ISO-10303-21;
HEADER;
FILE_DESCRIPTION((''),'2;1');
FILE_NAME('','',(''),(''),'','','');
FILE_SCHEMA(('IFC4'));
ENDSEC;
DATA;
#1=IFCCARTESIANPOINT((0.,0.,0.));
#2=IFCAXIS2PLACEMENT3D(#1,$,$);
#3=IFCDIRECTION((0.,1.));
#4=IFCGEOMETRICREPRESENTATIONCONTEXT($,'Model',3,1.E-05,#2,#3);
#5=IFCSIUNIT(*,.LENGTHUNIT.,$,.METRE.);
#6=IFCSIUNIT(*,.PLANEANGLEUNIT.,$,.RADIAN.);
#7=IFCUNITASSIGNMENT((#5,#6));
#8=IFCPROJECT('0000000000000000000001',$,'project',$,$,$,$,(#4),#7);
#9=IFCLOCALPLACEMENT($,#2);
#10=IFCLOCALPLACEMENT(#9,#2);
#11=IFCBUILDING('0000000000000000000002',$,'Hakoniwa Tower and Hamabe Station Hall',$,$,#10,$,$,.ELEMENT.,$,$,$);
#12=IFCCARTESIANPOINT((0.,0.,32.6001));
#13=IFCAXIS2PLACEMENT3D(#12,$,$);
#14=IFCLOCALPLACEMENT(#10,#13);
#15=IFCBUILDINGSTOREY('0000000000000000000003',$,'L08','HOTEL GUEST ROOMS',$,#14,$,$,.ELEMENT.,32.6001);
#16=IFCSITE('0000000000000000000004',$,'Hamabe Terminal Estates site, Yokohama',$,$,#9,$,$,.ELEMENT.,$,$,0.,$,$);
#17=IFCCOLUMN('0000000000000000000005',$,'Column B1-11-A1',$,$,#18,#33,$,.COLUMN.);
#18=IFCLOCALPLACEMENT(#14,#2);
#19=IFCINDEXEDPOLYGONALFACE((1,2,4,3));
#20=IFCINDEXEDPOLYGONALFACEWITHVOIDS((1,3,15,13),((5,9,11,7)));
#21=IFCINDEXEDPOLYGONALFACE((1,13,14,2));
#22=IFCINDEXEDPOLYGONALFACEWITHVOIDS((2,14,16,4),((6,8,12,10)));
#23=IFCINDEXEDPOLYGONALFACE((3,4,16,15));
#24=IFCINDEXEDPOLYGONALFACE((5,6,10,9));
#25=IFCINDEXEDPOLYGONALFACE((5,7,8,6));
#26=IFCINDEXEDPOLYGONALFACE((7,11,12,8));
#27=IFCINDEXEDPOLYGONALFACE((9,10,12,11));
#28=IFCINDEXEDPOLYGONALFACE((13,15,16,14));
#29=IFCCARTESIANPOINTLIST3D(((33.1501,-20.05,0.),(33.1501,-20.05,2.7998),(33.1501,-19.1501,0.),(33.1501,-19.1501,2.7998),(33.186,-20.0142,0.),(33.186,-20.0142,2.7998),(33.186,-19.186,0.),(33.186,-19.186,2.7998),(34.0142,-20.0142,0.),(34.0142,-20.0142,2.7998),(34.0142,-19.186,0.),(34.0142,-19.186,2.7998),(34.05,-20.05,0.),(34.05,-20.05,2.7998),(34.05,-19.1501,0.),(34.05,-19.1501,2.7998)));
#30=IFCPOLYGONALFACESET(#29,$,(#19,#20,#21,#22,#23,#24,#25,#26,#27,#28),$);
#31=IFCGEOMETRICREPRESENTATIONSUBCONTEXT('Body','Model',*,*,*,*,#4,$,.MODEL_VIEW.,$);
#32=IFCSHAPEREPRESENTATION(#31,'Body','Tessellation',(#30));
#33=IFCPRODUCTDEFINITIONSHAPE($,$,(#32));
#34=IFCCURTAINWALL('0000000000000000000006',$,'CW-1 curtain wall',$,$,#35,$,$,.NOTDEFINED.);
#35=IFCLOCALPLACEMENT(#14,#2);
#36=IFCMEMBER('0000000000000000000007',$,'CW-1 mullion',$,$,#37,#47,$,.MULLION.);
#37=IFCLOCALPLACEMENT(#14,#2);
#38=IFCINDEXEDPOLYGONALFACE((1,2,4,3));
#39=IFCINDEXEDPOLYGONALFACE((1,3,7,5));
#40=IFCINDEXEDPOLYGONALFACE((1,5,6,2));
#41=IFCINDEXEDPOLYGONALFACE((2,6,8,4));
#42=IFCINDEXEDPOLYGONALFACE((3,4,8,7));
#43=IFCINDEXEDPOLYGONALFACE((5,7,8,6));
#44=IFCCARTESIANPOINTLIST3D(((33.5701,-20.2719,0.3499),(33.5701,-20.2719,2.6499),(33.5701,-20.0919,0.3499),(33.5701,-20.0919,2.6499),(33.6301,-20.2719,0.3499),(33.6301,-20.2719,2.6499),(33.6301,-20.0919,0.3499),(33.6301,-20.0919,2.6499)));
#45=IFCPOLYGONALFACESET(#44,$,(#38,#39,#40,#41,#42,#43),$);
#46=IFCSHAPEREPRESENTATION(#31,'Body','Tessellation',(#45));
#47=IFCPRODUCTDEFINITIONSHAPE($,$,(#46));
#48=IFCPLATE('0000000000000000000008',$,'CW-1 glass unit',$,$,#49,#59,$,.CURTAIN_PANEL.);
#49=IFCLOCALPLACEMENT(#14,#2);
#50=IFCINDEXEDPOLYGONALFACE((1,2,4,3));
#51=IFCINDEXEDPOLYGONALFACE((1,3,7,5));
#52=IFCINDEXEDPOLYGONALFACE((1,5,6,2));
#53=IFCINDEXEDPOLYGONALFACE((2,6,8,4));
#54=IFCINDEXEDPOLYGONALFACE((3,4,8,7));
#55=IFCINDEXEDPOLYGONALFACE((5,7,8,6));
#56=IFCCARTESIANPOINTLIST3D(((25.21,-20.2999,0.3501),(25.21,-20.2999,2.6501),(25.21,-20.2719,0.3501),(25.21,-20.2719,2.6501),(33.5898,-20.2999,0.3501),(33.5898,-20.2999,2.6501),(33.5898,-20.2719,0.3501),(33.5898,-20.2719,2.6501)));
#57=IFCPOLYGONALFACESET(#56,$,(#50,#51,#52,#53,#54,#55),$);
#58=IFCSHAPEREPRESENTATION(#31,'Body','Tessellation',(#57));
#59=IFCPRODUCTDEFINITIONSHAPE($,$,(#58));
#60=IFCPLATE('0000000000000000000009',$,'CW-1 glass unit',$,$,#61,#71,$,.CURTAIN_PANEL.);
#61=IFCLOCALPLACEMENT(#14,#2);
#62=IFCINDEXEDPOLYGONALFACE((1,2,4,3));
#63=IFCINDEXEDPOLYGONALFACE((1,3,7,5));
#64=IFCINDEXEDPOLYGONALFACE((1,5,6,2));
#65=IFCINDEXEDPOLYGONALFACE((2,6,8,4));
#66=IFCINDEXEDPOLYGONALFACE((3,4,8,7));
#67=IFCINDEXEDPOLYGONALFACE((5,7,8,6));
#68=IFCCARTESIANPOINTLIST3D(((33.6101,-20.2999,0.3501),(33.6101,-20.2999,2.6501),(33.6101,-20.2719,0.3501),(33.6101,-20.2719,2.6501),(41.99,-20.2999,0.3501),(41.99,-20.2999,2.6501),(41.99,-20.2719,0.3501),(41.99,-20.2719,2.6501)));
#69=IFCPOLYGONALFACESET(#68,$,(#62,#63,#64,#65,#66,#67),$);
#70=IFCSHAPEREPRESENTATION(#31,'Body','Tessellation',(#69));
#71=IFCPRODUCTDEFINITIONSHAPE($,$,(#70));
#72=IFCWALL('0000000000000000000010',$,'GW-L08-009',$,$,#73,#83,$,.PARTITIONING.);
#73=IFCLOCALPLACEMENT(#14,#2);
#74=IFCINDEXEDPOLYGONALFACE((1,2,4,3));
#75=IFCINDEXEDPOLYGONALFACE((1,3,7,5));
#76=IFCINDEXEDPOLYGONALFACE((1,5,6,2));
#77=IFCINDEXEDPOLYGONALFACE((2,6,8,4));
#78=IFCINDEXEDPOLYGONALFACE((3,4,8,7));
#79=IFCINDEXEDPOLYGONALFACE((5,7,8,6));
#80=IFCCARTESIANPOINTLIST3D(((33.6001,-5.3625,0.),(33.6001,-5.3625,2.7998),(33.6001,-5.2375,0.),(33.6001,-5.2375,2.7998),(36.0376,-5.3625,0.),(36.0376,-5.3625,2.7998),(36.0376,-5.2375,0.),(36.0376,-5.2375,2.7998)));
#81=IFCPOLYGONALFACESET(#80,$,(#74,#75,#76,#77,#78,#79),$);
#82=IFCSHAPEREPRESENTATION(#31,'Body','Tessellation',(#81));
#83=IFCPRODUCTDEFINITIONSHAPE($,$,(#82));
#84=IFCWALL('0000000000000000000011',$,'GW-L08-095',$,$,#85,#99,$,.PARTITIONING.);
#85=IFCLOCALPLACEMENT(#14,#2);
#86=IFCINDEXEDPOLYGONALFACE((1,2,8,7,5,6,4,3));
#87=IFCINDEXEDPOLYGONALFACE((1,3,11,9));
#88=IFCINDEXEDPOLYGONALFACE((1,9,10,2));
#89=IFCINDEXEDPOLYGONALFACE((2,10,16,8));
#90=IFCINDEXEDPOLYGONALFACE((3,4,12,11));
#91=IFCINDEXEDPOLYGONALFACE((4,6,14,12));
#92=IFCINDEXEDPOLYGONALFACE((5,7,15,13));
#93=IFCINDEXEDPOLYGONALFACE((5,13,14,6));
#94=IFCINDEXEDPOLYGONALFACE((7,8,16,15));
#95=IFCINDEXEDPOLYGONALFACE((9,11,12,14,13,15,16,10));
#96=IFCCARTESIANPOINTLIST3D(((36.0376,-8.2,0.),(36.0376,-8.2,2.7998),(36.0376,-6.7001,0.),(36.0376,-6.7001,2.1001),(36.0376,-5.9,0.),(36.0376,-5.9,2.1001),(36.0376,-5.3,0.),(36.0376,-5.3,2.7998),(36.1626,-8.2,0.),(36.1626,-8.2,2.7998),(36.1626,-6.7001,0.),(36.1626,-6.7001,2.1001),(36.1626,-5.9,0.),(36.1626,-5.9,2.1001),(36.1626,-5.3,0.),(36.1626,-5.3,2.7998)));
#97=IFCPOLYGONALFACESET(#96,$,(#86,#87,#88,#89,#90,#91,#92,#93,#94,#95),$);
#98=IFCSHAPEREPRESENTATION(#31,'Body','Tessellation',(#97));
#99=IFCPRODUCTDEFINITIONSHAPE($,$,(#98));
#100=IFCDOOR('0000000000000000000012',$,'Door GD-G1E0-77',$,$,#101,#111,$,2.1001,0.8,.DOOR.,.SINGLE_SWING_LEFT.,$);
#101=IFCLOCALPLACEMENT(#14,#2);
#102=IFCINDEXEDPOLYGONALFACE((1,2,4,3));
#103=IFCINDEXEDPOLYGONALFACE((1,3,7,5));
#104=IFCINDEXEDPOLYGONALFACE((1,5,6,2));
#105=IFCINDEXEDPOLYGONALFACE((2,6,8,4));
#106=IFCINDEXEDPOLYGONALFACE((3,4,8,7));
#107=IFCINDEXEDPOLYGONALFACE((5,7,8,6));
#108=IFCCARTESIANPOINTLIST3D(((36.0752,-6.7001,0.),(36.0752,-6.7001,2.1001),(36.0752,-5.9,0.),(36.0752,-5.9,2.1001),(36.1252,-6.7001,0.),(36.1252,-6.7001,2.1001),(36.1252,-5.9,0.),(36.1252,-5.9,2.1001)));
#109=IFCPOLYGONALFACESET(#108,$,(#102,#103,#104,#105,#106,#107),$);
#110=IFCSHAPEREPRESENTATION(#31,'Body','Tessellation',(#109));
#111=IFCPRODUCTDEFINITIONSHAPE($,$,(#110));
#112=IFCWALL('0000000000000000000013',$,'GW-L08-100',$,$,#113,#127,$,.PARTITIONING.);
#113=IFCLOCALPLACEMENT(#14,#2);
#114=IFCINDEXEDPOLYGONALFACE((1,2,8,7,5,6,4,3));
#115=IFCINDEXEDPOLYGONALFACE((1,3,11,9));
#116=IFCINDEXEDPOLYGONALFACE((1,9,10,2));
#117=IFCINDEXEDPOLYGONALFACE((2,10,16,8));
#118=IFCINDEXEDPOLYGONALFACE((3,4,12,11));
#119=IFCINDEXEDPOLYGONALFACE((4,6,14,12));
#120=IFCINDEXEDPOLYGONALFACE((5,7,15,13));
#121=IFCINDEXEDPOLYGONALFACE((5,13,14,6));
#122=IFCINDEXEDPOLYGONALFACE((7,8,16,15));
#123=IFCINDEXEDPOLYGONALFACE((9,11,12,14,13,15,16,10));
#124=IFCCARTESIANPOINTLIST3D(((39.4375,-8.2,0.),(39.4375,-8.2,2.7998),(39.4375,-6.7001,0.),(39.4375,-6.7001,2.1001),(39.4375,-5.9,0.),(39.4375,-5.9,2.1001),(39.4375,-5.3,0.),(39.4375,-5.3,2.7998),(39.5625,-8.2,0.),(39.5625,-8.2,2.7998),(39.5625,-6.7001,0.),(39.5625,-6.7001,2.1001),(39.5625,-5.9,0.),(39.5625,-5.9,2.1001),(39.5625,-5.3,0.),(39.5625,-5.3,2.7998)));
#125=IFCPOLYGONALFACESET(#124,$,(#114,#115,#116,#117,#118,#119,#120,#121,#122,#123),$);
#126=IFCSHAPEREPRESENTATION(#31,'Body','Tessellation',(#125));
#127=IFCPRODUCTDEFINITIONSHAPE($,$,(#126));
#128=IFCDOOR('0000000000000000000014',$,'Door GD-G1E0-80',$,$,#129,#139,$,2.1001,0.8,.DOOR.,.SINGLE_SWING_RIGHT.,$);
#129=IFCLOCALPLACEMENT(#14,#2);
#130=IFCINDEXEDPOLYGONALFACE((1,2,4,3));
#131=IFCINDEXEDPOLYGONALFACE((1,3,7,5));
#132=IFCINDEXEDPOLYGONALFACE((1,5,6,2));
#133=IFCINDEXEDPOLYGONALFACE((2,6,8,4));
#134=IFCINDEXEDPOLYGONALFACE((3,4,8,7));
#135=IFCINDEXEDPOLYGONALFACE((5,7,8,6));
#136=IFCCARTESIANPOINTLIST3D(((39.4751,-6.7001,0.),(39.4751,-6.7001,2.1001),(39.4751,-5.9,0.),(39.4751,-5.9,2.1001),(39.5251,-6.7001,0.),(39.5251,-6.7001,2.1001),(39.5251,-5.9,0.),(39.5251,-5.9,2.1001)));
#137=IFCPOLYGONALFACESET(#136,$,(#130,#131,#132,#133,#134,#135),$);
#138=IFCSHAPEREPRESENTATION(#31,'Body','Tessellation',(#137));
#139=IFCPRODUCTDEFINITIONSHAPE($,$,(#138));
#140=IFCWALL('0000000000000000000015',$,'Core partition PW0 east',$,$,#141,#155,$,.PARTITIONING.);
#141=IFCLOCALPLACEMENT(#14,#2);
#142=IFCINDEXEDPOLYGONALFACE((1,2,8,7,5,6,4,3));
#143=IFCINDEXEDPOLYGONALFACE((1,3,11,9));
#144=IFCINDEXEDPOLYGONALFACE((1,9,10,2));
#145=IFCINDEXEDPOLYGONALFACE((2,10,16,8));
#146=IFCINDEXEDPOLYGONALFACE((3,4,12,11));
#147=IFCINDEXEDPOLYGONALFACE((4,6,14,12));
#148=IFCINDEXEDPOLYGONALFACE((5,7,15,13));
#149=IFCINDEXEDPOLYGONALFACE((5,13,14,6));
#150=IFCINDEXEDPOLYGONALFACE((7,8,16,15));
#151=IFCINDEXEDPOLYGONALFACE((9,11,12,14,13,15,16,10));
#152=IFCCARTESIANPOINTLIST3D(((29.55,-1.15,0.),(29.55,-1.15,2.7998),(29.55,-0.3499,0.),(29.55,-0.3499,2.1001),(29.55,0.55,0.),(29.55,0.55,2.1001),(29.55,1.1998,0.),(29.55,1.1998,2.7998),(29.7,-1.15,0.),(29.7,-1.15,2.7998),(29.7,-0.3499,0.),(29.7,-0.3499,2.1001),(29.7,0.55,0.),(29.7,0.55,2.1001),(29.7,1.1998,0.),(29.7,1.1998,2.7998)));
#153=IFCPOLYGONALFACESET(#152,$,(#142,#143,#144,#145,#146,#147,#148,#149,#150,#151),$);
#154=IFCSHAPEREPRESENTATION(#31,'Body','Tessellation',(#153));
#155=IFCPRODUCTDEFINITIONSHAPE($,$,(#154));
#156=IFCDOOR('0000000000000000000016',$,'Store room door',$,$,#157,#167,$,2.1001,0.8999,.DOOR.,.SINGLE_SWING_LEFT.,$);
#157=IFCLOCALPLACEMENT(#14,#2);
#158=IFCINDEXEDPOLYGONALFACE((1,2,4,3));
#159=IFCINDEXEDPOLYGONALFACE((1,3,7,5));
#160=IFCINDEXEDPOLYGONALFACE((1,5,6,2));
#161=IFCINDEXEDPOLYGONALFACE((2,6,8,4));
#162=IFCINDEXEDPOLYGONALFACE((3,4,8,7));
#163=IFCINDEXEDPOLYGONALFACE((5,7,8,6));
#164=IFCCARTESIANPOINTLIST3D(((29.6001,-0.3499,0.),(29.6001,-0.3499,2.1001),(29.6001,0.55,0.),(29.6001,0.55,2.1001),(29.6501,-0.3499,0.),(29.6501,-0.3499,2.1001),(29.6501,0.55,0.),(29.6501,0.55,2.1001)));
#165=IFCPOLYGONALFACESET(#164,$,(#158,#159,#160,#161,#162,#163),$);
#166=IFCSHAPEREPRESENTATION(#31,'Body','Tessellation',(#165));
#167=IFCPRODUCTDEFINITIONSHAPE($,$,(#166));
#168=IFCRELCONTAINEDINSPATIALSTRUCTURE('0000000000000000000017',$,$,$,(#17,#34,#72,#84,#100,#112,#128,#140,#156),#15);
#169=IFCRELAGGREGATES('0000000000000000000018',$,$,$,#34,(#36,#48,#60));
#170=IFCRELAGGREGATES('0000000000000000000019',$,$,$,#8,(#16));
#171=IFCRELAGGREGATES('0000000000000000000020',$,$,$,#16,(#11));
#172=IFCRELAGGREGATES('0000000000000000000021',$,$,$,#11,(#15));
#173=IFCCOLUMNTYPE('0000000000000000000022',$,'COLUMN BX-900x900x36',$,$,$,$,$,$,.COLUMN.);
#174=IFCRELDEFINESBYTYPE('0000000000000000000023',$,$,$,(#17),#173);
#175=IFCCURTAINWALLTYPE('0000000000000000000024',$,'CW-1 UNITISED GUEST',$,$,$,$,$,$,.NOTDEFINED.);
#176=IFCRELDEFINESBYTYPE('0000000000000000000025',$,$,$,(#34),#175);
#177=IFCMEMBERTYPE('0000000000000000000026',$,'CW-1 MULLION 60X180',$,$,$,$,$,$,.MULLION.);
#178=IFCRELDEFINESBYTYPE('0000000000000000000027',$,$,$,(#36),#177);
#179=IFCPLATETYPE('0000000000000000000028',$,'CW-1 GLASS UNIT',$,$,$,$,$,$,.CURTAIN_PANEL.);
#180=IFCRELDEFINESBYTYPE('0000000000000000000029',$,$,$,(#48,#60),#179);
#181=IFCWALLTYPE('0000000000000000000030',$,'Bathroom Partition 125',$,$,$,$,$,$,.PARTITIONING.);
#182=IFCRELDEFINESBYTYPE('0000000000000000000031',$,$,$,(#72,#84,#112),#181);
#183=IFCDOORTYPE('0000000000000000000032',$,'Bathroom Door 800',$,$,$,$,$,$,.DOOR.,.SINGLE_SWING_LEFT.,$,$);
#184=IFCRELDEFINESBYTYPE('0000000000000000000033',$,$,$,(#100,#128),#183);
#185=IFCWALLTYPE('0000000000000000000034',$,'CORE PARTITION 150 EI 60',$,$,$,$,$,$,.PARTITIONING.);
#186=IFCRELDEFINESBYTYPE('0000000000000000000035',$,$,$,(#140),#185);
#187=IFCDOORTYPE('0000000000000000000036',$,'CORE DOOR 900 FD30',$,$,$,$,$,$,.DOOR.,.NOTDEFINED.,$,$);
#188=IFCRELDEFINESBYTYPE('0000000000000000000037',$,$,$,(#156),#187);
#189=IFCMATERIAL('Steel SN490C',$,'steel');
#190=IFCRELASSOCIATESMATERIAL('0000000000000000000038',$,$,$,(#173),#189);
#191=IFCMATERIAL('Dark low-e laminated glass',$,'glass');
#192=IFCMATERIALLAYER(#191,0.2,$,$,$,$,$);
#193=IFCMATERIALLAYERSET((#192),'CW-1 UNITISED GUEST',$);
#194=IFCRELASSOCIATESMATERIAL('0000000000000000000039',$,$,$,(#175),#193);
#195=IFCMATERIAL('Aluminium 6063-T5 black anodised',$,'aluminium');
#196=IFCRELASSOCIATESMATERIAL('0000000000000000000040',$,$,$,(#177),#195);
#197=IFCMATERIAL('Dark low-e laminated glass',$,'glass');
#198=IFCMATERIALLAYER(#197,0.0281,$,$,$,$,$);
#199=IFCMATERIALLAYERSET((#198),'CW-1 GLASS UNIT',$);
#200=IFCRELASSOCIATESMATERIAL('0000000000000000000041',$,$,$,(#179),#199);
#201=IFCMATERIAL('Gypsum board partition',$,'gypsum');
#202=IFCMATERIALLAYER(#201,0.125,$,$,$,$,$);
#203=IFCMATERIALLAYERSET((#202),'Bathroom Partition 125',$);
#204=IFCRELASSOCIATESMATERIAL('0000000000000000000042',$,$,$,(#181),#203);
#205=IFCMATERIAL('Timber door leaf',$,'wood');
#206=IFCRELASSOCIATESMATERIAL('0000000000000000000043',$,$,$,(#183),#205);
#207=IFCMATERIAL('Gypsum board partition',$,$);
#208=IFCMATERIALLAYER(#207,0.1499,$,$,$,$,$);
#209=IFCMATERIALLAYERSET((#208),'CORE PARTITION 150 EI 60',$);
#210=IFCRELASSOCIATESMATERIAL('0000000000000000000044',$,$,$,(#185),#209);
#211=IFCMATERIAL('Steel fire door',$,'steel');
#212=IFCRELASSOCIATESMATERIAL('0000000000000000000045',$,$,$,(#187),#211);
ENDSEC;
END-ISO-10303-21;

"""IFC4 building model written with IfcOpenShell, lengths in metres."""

from ifc_helpers import new_model, si_unit, direction, frame, frame_2d, origin, origin_2d, place, context, subcontext, project, spatial, rectangle, hollow_rectangle, extrude, material, layer, layer_set, material_profile, profile_set, type_object, element, fill, aggregate, save


model = new_model("IFC4")

# Units and contexts
model_context = context("Model", 3, precision=1e-05, world=origin(), true_north=direction((0.0, 1.0)))
body_context = subcontext(model_context, "Body", "Model", "MODEL_VIEW")
ifc_project = project(units=[si_unit("LENGTHUNIT", "METRE"), si_unit("PLANEANGLEUNIT", "RADIAN")], contexts=[model_context])

# Site, building, storey
site_placement = place(None, origin())
site = spatial("IfcSite", under=ifc_project, at=site_placement, Name="Hamabe Terminal Estates site, Yokohama", CompositionType="ELEMENT", RefElevation=0.0)
building_placement = place(site_placement, origin())
building = spatial("IfcBuilding", under=site, at=building_placement, Name="Hakoniwa Tower and Hamabe Station Hall", CompositionType="ELEMENT")
storey_placement = place(building_placement, frame((0.0, 0.0, 32.6001)))
storey = spatial("IfcBuildingStorey", under=building, at=storey_placement, Name="L08", Description="HOTEL GUEST ROOMS", CompositionType="ELEMENT", Elevation=32.6001)

# Column
ifc_material_1 = material(Name="Steel SN490C", Category="steel")
ifc_material_profile_1 = material_profile(ifc_material_1, hollow_rectangle(XDim=0.8999, YDim=0.8999, WallThickness=0.0359, at=origin_2d()), Name="BX-900x900x36")
ifc_profile_set_1 = profile_set([ifc_material_profile_1], Name="Steel SN490C")
column_type = type_object("IfcColumnType", Name="COLUMN BX-900x900x36", PredefinedType="COLUMN", material=ifc_profile_set_1)
column_placement = place(storey_placement, frame((33.6001, -19.6001, 0.0), z_axis=(0.0, 0.0, 1.0), x_axis=(1.0, 0.0, 0.0)))
element("IfcColumn", 1, at=column_placement, inside=storey, type_object=column_type, Name="Column B1-11-A1", PredefinedType="COLUMN", context=body_context, shape_type="SweptSolid", body=[
    extrude(hollow_rectangle(XDim=0.8999, YDim=0.8999, WallThickness=0.0359, at=origin_2d()), origin(), (0.0, 0.0, 1.0), 2.7998),
])

# Curtain wall, member, plates
ifc_material_2 = material(Name="Dark low-e laminated glass", Category="glass")
ifc_layer_1 = layer(ifc_material_2, 0.2)
ifc_layer_set_1 = layer_set([ifc_layer_1], Name="CW-1 UNITISED GUEST")
curtain_wall_type = type_object("IfcCurtainWallType", Name="CW-1 UNITISED GUEST", PredefinedType="NOTDEFINED", material=ifc_layer_set_1)
curtain_wall_placement = place(storey_placement, origin())
curtain_wall = element("IfcCurtainWall", 2, at=curtain_wall_placement, inside=storey, type_object=curtain_wall_type, Name="CW-1 curtain wall", PredefinedType="NOTDEFINED")
ifc_material_3 = material(Name="Aluminium 6063-T5 black anodised", Category="aluminium")
ifc_material_profile_2 = material_profile(ifc_material_3, rectangle(XDim=0.0601, YDim=0.1799, at=origin_2d()), Name="CW-1 MULLION 60X180")
ifc_profile_set_2 = profile_set([ifc_material_profile_2], Name="Aluminium 6063-T5 black anodised")
member_type = type_object("IfcMemberType", Name="CW-1 MULLION 60X180", PredefinedType="MULLION", material=ifc_profile_set_2)
member_placement = place(storey_placement, frame((33.6001, -20.1819, 0.3499), z_axis=(0.0, 0.0, 1.0), x_axis=(1.0, 0.0, 0.0)))
member = element("IfcMember", 3, at=member_placement, type_object=member_type, Name="CW-1 mullion", PredefinedType="MULLION", context=body_context, shape_type="SweptSolid", body=[
    extrude(rectangle(XDim=0.0601, YDim=0.1799, at=origin_2d()), origin(), (0.0, 0.0, 1.0), 2.3),
])
ifc_material_4 = material(Name="Dark low-e laminated glass", Category="glass")
ifc_layer_2 = layer(ifc_material_4, 0.0281)
ifc_layer_set_2 = layer_set([ifc_layer_2], Name="CW-1 GLASS UNIT")
plate_type = type_object("IfcPlateType", Name="CW-1 GLASS UNIT", PredefinedType="CURTAIN_PANEL", material=ifc_layer_set_2)
plate_1_placement = place(storey_placement, frame((29.3999, -20.2859, 0.3501), z_axis=(0.0, 0.0, 1.0), x_axis=(1.0, 0.0, 0.0)))
plate_1 = element("IfcPlate", 4, at=plate_1_placement, type_object=plate_type, Name="CW-1 glass unit", PredefinedType="CURTAIN_PANEL", context=body_context, shape_type="SweptSolid", body=[
    extrude(rectangle(XDim=8.3799, YDim=0.0281, at=origin_2d()), origin(), (0.0, 0.0, 1.0), 2.3),
])
plate_2_placement = place(storey_placement, frame((37.8, -20.2859, 0.3501), z_axis=(0.0, 0.0, 1.0), x_axis=(1.0, 0.0, 0.0)))
plate_2 = element("IfcPlate", 5, at=plate_2_placement, type_object=plate_type, Name="CW-1 glass unit", PredefinedType="CURTAIN_PANEL", context=body_context, shape_type="SweptSolid", body=[
    extrude(rectangle(XDim=8.3799, YDim=0.0281, at=origin_2d()), origin(), (0.0, 0.0, 1.0), 2.3),
])
aggregate(curtain_wall, [member, plate_1, plate_2])

# Wall
ifc_material_5 = material(Name="Gypsum board partition", Category="gypsum")
ifc_layer_3 = layer(ifc_material_5, 0.125)
ifc_layer_set_3 = layer_set([ifc_layer_3], Name="Bathroom Partition 125")
wall_type_1 = type_object("IfcWallType", Name="Bathroom Partition 125", PredefinedType="PARTITIONING", material=ifc_layer_set_3)
wall_1_placement = place(storey_placement, frame((33.6001, -5.3, 0.0), z_axis=(0.0, 0.0, 1.0), x_axis=(1.0, 0.0, 0.0)))
element("IfcWall", 6, at=wall_1_placement, inside=storey, type_object=wall_type_1, Name="GW-L08-009", PredefinedType="PARTITIONING", context=body_context, shape_type="SweptSolid", body=[
    extrude(rectangle(XDim=2.4375, YDim=0.125, at=frame_2d((1.2188, 0.0))), origin(), (0.0, 0.0, 1.0), 2.7998),
])

# Walls, openings, doors
wall_2_placement = place(storey_placement, frame((36.1001, -8.2, 0.0), z_axis=(0.0, 0.0, 1.0), x_axis=(0.0, 1.0, 0.0)))
wall_2 = element("IfcWall", 7, at=wall_2_placement, inside=storey, type_object=wall_type_1, Name="GW-L08-095", PredefinedType="PARTITIONING", context=body_context, shape_type="SweptSolid", body=[
    extrude(rectangle(XDim=2.8999, YDim=0.125, at=frame_2d((1.45, 0.0))), origin(), (0.0, 0.0, 1.0), 2.7998),
])
opening_1_placement = place(wall_2_placement, frame((1.5, 0.0, 0.0)))
opening_1 = element("IfcOpeningElement", 8, at=opening_1_placement, cuts=wall_2, PredefinedType="OPENING", context=body_context, shape_type="SweptSolid", body=[
    extrude(rectangle(XDim=0.8, YDim=2.1001, at=frame_2d((0.3999, 1.05))), frame((0.0, 0.0725, 0.0), z_axis=(0.0, -1.0, 0.0), x_axis=(1.0, 0.0, 0.0)), (0.0, 0.0, 1.0), 0.145),
])
ifc_material_6 = material(Name="Timber door leaf", Category="wood")
door_type_1 = type_object("IfcDoorType", Name="Bathroom Door 800", OperationType="SINGLE_SWING_LEFT", PredefinedType="DOOR", material=ifc_material_6)
door_1_placement = place(opening_1_placement, origin())
door_1 = element("IfcDoor", 9, at=door_1_placement, inside=storey, type_object=door_type_1, Name="Door GD-G1E0-77", OperationType="SINGLE_SWING_LEFT", OverallHeight=2.1001, OverallWidth=0.8, PredefinedType="DOOR", context=body_context, shape_type="SweptSolid", body=[
    extrude(rectangle(XDim=0.8, YDim=2.1001, at=frame_2d((0.3999, 1.05))), frame((0.0, 0.0249, 0.0), z_axis=(0.0, -1.0, 0.0), x_axis=(1.0, 0.0, 0.0)), (0.0, 0.0, 1.0), 0.05),
])
fill(opening_1, door_1)
wall_3_placement = place(storey_placement, frame((39.5, -8.2, 0.0), z_axis=(0.0, 0.0, 1.0), x_axis=(0.0, 1.0, 0.0)))
wall_3 = element("IfcWall", 10, at=wall_3_placement, inside=storey, type_object=wall_type_1, Name="GW-L08-100", PredefinedType="PARTITIONING", context=body_context, shape_type="SweptSolid", body=[
    extrude(rectangle(XDim=2.8999, YDim=0.125, at=frame_2d((1.45, 0.0))), origin(), (0.0, 0.0, 1.0), 2.7998),
])
opening_2_placement = place(wall_3_placement, frame((1.5, 0.0, 0.0)))
opening_2 = element("IfcOpeningElement", 11, at=opening_2_placement, cuts=wall_3, PredefinedType="OPENING", context=body_context, shape_type="SweptSolid", body=[
    extrude(rectangle(XDim=0.8, YDim=2.1001, at=frame_2d((0.3999, 1.05))), frame((0.0, 0.0725, 0.0), z_axis=(0.0, -1.0, 0.0), x_axis=(1.0, 0.0, 0.0)), (0.0, 0.0, 1.0), 0.145),
])
door_2_placement = place(opening_2_placement, origin())
door_2 = element("IfcDoor", 12, at=door_2_placement, inside=storey, type_object=door_type_1, Name="Door GD-G1E0-80", OperationType="SINGLE_SWING_RIGHT", OverallHeight=2.1001, OverallWidth=0.8, PredefinedType="DOOR", context=body_context, shape_type="SweptSolid", body=[
    extrude(rectangle(XDim=0.8, YDim=2.1001, at=frame_2d((0.3999, 1.05))), frame((0.0, 0.0249, 0.0), z_axis=(0.0, -1.0, 0.0), x_axis=(1.0, 0.0, 0.0)), (0.0, 0.0, 1.0), 0.05),
])
fill(opening_2, door_2)
ifc_material_7 = material(Name="Gypsum board partition")
ifc_layer_4 = layer(ifc_material_7, 0.1499)
ifc_layer_set_4 = layer_set([ifc_layer_4], Name="CORE PARTITION 150 EI 60")
wall_type_2 = type_object("IfcWallType", Name="CORE PARTITION 150 EI 60", PredefinedType="PARTITIONING", material=ifc_layer_set_4)
wall_4_placement = place(storey_placement, frame((29.625, -1.1499, 0.0), z_axis=(0.0, 0.0, 1.0), x_axis=(0.0, 1.0, 0.0)))
wall_4 = element("IfcWall", 13, at=wall_4_placement, inside=storey, type_object=wall_type_2, Name="Core partition PW0 east", PredefinedType="PARTITIONING", context=body_context, shape_type="SweptSolid", body=[
    extrude(rectangle(XDim=2.3499, YDim=0.1499, at=frame_2d((1.1748, 0.0))), origin(), (0.0, 0.0, 1.0), 2.7998),
])
opening_3_placement = place(wall_4_placement, frame((0.8, 0.0, 0.0)))
opening_3 = element("IfcOpeningElement", 14, at=opening_3_placement, cuts=wall_4, PredefinedType="OPENING", context=body_context, shape_type="SweptSolid", body=[
    extrude(rectangle(XDim=0.8999, YDim=2.1001, at=frame_2d((0.45, 1.05))), frame((0.0, 0.085, 0.0), z_axis=(0.0, -1.0, 0.0), x_axis=(1.0, 0.0, 0.0)), (0.0, 0.0, 1.0), 0.1699),
])
ifc_material_8 = material(Name="Steel fire door", Category="steel")
door_type_2 = type_object("IfcDoorType", Name="CORE DOOR 900 FD30", OperationType="NOTDEFINED", PredefinedType="DOOR", material=ifc_material_8)
door_3_placement = place(opening_3_placement, origin())
door_3 = element("IfcDoor", 15, at=door_3_placement, inside=storey, type_object=door_type_2, Name="Store room door", OperationType="SINGLE_SWING_LEFT", OverallHeight=2.1001, OverallWidth=0.8999, PredefinedType="DOOR", context=body_context, shape_type="SweptSolid", body=[
    extrude(rectangle(XDim=0.8999, YDim=2.1001, at=frame_2d((0.45, 1.05))), frame((0.0, 0.0249, 0.0), z_axis=(0.0, -1.0, 0.0), x_axis=(1.0, 0.0, 0.0)), (0.0, 0.0, 1.0), 0.05),
])
fill(opening_3, door_3)

save(model, "model.ifc")
